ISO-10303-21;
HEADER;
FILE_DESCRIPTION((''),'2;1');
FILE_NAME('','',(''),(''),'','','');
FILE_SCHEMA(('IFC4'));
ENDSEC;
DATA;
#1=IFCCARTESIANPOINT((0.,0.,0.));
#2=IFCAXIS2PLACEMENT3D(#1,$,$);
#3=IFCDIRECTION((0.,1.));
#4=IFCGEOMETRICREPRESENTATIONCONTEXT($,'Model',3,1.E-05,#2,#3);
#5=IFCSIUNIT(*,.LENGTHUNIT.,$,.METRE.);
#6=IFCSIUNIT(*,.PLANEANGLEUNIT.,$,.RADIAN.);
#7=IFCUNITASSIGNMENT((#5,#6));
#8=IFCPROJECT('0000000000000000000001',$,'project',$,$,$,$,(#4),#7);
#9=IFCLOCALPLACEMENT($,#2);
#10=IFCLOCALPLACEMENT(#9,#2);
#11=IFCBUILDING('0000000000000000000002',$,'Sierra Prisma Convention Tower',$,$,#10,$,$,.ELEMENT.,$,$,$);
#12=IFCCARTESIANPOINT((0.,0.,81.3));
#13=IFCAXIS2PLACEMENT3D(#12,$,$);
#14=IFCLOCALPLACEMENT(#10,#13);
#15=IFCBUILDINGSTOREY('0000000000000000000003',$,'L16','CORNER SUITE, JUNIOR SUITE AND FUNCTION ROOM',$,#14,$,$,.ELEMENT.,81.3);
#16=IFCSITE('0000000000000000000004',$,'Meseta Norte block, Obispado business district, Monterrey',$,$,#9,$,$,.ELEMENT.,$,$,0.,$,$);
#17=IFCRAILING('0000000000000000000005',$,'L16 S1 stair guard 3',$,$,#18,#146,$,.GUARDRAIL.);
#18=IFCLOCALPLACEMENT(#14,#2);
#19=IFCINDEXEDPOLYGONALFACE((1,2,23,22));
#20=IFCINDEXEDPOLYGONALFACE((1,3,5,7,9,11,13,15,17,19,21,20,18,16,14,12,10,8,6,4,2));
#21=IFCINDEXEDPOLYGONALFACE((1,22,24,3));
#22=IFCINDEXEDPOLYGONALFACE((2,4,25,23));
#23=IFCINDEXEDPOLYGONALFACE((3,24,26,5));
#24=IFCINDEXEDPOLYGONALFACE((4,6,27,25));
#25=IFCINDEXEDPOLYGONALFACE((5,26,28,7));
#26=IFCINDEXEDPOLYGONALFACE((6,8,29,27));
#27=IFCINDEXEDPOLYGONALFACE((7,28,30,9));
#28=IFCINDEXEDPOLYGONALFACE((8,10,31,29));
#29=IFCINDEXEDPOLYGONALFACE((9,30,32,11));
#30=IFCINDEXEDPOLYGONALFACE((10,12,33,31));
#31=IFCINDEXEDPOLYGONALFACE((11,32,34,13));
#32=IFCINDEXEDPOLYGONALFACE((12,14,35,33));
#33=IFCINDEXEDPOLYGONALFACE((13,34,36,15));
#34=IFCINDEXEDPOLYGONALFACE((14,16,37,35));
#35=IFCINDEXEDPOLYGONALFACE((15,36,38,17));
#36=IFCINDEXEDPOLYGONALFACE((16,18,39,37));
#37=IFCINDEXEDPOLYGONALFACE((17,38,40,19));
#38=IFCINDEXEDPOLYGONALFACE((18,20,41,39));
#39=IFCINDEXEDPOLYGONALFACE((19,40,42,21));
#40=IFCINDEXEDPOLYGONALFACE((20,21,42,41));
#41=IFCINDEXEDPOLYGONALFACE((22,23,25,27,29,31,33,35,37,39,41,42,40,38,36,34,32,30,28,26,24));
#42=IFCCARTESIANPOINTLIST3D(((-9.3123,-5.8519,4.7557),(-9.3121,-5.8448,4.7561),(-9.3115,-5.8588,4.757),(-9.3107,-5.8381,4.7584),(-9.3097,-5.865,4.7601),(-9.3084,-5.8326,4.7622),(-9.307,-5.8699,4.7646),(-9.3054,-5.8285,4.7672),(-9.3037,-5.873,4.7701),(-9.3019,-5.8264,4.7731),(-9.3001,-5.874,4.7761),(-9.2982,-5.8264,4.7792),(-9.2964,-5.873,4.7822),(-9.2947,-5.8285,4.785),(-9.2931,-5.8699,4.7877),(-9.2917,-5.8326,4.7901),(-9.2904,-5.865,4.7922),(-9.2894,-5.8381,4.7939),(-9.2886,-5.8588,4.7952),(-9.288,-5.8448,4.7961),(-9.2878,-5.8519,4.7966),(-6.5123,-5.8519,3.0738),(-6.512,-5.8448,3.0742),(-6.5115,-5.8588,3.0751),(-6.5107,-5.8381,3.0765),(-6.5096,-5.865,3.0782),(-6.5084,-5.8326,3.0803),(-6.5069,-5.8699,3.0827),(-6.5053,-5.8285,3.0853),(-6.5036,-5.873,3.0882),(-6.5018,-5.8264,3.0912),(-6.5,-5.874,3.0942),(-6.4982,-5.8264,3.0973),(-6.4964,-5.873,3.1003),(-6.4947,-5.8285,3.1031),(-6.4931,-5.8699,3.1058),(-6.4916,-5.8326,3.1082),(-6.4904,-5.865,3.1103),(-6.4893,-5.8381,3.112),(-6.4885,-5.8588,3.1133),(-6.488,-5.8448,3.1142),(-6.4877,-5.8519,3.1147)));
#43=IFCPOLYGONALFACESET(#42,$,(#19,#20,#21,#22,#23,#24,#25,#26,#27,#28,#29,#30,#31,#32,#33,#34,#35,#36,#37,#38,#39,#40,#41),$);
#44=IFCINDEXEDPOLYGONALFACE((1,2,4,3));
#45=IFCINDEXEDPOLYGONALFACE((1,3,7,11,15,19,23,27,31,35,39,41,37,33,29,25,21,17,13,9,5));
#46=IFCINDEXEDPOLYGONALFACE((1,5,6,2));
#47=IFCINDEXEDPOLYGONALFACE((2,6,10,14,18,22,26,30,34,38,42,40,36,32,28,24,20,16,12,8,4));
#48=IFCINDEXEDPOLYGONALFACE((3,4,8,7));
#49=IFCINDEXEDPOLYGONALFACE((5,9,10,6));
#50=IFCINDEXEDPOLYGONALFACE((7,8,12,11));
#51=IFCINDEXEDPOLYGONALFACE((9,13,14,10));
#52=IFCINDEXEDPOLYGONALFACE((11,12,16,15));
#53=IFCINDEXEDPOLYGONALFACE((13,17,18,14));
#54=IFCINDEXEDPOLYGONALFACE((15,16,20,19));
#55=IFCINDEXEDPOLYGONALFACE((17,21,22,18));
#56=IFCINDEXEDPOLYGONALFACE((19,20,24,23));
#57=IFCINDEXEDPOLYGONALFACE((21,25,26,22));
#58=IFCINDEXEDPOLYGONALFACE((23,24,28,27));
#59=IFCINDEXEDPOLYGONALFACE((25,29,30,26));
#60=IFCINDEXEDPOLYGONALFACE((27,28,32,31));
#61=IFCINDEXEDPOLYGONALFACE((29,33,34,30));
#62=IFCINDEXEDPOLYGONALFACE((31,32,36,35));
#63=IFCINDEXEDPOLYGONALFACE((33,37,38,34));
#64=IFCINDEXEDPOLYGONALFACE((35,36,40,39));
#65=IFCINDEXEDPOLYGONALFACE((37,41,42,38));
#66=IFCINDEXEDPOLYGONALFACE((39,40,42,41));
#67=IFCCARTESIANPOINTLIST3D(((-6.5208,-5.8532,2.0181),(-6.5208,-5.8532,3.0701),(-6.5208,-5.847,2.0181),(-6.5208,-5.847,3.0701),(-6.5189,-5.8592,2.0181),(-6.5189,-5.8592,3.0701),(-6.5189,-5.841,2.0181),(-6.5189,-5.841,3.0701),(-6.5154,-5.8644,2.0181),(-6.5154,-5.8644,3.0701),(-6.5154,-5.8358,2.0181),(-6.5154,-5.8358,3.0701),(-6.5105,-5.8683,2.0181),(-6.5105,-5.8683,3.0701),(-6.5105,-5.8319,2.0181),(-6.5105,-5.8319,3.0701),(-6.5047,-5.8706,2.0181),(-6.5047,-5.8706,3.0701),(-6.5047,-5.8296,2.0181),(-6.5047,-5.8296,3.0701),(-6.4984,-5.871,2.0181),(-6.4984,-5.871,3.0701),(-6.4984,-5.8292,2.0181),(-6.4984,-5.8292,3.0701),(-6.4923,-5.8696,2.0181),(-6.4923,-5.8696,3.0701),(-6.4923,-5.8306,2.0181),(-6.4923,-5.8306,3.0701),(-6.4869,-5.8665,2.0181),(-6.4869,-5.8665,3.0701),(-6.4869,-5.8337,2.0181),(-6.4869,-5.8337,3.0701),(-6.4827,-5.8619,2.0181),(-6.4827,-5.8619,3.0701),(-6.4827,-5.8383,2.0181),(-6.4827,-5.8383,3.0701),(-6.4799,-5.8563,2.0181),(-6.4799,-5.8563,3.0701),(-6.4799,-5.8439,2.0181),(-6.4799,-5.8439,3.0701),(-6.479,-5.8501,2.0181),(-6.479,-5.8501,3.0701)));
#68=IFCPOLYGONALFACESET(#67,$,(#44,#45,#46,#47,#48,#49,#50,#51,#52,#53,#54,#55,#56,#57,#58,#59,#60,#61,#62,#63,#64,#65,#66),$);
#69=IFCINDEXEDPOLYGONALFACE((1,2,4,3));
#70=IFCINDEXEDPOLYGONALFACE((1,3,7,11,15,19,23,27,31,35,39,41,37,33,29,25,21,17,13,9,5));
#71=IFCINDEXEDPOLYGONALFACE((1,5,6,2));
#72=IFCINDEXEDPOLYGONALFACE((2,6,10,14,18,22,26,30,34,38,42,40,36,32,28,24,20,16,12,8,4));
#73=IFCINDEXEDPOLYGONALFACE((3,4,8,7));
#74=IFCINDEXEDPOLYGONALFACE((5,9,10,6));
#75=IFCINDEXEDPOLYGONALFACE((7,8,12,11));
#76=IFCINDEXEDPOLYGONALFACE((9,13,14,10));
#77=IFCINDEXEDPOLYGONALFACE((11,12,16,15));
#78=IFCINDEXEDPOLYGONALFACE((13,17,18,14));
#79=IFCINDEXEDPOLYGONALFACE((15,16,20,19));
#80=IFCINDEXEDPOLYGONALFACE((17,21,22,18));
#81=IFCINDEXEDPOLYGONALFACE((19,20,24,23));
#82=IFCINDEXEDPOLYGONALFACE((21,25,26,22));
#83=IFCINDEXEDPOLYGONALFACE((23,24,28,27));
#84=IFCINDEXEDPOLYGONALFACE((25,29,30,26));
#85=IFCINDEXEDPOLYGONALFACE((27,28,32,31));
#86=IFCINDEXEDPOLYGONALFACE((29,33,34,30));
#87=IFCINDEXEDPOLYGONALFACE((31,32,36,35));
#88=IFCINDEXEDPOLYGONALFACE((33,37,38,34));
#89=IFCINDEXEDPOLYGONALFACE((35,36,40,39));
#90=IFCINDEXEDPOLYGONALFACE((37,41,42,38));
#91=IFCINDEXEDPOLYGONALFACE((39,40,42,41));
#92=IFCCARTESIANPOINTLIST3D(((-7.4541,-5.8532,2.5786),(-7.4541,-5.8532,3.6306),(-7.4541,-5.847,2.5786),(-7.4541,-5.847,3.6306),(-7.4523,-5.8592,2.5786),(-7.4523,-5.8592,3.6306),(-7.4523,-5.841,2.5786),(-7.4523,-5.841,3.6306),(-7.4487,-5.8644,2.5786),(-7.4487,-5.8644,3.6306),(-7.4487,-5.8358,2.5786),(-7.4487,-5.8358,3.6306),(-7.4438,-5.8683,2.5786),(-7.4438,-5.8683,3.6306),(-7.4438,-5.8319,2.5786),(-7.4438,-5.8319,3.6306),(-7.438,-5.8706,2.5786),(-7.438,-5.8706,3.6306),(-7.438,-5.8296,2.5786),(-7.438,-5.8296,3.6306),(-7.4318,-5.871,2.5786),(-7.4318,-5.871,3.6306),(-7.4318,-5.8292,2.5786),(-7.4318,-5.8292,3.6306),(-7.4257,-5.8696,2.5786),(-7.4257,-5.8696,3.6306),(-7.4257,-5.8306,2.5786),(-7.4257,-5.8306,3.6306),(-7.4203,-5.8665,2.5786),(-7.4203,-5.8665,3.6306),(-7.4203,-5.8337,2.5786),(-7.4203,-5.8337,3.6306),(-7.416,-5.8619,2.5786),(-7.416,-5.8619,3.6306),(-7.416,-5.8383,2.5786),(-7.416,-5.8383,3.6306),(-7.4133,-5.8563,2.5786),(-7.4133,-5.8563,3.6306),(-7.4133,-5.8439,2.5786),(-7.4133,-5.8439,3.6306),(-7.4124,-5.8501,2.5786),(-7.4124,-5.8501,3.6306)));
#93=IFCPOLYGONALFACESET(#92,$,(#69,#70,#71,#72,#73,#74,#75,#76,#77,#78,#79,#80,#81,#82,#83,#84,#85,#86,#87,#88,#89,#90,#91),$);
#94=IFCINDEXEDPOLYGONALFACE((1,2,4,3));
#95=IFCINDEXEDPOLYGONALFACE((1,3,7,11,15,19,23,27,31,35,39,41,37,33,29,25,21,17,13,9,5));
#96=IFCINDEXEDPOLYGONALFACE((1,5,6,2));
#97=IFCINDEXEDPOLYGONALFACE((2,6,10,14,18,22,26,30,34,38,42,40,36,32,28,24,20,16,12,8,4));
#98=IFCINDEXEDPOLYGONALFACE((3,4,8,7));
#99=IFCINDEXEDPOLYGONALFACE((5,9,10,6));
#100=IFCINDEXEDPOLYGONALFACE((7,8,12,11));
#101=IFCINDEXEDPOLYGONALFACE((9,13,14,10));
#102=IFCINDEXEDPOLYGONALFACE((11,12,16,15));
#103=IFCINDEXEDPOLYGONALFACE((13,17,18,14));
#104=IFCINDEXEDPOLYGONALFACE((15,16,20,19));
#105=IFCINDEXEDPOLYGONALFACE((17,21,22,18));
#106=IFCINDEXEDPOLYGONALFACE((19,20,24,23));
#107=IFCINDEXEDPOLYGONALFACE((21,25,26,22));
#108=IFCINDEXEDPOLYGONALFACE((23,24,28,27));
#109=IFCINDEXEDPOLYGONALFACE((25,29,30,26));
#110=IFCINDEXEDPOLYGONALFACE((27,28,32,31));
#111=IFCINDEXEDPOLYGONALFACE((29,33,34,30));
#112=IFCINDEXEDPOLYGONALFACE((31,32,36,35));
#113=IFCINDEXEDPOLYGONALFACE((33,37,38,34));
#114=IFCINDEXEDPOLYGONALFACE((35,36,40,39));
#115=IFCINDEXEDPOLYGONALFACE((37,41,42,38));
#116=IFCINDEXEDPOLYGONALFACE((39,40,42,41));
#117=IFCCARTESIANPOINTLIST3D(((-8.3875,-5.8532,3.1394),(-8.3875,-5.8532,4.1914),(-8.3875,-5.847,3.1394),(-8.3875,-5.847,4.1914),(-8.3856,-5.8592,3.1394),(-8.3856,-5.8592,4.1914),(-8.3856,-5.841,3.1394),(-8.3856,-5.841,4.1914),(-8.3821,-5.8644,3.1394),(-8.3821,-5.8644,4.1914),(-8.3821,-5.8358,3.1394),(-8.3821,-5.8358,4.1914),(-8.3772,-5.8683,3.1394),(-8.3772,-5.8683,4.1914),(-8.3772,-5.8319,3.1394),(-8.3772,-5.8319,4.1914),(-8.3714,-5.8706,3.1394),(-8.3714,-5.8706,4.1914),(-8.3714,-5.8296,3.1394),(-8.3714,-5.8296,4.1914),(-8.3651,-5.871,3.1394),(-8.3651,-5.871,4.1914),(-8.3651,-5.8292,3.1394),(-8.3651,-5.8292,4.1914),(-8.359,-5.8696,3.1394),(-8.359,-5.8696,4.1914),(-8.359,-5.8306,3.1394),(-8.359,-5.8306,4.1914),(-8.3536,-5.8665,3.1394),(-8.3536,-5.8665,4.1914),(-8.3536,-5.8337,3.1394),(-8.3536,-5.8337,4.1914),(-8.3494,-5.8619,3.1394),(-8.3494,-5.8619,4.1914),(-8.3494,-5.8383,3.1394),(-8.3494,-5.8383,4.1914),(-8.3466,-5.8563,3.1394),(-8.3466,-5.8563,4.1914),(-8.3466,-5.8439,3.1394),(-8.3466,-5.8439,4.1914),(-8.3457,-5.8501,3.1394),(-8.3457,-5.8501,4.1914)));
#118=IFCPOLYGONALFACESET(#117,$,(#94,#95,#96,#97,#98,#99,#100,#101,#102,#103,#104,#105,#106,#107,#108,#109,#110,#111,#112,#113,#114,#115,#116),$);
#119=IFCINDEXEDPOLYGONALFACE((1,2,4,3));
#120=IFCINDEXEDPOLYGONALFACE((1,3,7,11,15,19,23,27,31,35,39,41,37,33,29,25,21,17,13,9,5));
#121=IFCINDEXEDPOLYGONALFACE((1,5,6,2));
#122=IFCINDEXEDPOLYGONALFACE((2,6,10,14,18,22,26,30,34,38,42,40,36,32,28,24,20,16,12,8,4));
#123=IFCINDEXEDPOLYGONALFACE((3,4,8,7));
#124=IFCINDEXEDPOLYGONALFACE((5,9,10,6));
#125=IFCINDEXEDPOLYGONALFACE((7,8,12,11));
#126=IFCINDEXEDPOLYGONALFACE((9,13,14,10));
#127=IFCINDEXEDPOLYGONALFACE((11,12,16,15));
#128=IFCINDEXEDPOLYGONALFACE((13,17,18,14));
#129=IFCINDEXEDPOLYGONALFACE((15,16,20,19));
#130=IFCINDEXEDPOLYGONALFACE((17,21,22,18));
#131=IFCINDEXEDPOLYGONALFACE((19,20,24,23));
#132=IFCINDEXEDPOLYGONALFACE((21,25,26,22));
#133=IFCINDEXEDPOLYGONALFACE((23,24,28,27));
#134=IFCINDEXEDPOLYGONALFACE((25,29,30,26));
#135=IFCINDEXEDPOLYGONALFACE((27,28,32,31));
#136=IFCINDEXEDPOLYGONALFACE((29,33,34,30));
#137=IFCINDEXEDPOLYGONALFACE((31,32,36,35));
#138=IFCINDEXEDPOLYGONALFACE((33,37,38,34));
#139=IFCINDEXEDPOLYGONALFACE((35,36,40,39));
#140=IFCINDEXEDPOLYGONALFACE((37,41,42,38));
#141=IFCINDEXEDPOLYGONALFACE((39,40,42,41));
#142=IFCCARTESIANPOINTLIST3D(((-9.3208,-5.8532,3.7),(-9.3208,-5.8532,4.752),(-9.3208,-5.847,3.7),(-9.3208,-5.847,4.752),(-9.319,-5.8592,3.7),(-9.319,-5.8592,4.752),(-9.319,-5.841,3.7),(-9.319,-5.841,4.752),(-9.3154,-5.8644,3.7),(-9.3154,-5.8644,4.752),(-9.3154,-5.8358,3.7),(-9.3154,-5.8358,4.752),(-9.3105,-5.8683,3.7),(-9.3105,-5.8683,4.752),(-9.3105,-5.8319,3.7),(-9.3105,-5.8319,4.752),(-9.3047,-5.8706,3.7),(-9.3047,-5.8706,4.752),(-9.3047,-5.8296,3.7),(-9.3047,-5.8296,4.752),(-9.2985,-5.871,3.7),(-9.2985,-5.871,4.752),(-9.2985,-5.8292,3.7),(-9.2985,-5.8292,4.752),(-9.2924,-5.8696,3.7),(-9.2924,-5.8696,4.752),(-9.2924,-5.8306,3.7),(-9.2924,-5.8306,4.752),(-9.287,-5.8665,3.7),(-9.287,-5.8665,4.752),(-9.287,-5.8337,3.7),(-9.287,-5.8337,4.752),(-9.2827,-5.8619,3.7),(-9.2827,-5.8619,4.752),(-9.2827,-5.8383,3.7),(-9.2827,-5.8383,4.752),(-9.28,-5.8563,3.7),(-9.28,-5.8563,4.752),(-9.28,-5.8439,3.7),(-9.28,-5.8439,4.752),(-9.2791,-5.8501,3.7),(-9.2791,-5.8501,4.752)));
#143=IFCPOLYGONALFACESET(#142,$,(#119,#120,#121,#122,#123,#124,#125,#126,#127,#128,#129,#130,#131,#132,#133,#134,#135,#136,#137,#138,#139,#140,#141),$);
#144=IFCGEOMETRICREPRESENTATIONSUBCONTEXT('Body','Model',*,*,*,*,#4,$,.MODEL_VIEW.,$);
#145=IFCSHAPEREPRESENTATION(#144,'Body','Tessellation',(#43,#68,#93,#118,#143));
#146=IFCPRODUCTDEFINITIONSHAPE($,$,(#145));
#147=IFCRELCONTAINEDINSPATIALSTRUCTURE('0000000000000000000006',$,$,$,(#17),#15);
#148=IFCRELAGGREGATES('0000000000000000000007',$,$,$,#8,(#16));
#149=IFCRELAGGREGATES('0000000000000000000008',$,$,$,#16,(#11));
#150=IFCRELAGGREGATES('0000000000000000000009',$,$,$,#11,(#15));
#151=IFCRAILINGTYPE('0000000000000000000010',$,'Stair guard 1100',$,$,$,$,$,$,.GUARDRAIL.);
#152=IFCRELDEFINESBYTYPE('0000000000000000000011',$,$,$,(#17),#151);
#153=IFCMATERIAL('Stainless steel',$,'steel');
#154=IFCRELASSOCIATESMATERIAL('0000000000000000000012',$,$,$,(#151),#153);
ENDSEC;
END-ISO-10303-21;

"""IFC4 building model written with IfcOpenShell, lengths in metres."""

from ifc_helpers import new_model, si_unit, direction, frame, origin, origin_2d, place, context, subcontext, project, spatial, circle, extrude, material, type_object, element, save


model = new_model("IFC4")

# Units and contexts
model_context = context("Model", 3, precision=1e-05, world=origin(), true_north=direction((0.0, 1.0)))
body_context = subcontext(model_context, "Body", "Model", "MODEL_VIEW")
ifc_project = project(units=[si_unit("LENGTHUNIT", "METRE"), si_unit("PLANEANGLEUNIT", "RADIAN")], contexts=[model_context])

# Site, building, storey
site_placement = place(None, origin())
site = spatial("IfcSite", under=ifc_project, at=site_placement, Name="Meseta Norte block, Obispado business district, Monterrey", CompositionType="ELEMENT", RefElevation=0.0)
building_placement = place(site_placement, origin())
building = spatial("IfcBuilding", under=site, at=building_placement, Name="Sierra Prisma Convention Tower", CompositionType="ELEMENT")
storey_placement = place(building_placement, frame((0.0, 0.0, 81.3)))
storey = spatial("IfcBuildingStorey", under=building, at=storey_placement, Name="L16", Description="CORNER SUITE, JUNIOR SUITE AND FUNCTION ROOM", CompositionType="ELEMENT", Elevation=81.3)

# Railing
ifc_material_1 = material(Name="Stainless steel", Category="steel")
railing_type_1 = type_object("IfcRailingType", Name="Stair guard 1100", PredefinedType="GUARDRAIL", material=ifc_material_1)
railing_1_placement = place(storey_placement, frame((-6.5, -5.8501, 2.0181)))
element("IfcRailing", 1, at=railing_1_placement, inside=storey, type_object=railing_type_1, Name="L16 S1 stair guard 3", PredefinedType="GUARDRAIL", context=body_context, shape_type="SweptSolid", body=[
    extrude(circle(Radius=0.0239, at=origin_2d()), frame((0.0, 0.0, 1.0762), z_axis=(-0.857242, 0.0, 0.514913), x_axis=(0.0, -1.0, 0.0)), (0.0, 0.0, 1.0), 3.2664),
    extrude(circle(Radius=0.021, at=origin_2d()), origin(), (0.0, 0.0, 1.0), 1.052),
    extrude(circle(Radius=0.021, at=origin_2d()), frame((-0.9333, 0.0, 0.5605)), (0.0, 0.0, 1.0), 1.052),
    extrude(circle(Radius=0.021, at=origin_2d()), frame((-1.8667, 0.0, 1.1213)), (0.0, 0.0, 1.0), 1.052),
    extrude(circle(Radius=0.021, at=origin_2d()), frame((-2.8, 0.0, 1.6819)), (0.0, 0.0, 1.0), 1.052),
])

save(model, "model.ifc")
